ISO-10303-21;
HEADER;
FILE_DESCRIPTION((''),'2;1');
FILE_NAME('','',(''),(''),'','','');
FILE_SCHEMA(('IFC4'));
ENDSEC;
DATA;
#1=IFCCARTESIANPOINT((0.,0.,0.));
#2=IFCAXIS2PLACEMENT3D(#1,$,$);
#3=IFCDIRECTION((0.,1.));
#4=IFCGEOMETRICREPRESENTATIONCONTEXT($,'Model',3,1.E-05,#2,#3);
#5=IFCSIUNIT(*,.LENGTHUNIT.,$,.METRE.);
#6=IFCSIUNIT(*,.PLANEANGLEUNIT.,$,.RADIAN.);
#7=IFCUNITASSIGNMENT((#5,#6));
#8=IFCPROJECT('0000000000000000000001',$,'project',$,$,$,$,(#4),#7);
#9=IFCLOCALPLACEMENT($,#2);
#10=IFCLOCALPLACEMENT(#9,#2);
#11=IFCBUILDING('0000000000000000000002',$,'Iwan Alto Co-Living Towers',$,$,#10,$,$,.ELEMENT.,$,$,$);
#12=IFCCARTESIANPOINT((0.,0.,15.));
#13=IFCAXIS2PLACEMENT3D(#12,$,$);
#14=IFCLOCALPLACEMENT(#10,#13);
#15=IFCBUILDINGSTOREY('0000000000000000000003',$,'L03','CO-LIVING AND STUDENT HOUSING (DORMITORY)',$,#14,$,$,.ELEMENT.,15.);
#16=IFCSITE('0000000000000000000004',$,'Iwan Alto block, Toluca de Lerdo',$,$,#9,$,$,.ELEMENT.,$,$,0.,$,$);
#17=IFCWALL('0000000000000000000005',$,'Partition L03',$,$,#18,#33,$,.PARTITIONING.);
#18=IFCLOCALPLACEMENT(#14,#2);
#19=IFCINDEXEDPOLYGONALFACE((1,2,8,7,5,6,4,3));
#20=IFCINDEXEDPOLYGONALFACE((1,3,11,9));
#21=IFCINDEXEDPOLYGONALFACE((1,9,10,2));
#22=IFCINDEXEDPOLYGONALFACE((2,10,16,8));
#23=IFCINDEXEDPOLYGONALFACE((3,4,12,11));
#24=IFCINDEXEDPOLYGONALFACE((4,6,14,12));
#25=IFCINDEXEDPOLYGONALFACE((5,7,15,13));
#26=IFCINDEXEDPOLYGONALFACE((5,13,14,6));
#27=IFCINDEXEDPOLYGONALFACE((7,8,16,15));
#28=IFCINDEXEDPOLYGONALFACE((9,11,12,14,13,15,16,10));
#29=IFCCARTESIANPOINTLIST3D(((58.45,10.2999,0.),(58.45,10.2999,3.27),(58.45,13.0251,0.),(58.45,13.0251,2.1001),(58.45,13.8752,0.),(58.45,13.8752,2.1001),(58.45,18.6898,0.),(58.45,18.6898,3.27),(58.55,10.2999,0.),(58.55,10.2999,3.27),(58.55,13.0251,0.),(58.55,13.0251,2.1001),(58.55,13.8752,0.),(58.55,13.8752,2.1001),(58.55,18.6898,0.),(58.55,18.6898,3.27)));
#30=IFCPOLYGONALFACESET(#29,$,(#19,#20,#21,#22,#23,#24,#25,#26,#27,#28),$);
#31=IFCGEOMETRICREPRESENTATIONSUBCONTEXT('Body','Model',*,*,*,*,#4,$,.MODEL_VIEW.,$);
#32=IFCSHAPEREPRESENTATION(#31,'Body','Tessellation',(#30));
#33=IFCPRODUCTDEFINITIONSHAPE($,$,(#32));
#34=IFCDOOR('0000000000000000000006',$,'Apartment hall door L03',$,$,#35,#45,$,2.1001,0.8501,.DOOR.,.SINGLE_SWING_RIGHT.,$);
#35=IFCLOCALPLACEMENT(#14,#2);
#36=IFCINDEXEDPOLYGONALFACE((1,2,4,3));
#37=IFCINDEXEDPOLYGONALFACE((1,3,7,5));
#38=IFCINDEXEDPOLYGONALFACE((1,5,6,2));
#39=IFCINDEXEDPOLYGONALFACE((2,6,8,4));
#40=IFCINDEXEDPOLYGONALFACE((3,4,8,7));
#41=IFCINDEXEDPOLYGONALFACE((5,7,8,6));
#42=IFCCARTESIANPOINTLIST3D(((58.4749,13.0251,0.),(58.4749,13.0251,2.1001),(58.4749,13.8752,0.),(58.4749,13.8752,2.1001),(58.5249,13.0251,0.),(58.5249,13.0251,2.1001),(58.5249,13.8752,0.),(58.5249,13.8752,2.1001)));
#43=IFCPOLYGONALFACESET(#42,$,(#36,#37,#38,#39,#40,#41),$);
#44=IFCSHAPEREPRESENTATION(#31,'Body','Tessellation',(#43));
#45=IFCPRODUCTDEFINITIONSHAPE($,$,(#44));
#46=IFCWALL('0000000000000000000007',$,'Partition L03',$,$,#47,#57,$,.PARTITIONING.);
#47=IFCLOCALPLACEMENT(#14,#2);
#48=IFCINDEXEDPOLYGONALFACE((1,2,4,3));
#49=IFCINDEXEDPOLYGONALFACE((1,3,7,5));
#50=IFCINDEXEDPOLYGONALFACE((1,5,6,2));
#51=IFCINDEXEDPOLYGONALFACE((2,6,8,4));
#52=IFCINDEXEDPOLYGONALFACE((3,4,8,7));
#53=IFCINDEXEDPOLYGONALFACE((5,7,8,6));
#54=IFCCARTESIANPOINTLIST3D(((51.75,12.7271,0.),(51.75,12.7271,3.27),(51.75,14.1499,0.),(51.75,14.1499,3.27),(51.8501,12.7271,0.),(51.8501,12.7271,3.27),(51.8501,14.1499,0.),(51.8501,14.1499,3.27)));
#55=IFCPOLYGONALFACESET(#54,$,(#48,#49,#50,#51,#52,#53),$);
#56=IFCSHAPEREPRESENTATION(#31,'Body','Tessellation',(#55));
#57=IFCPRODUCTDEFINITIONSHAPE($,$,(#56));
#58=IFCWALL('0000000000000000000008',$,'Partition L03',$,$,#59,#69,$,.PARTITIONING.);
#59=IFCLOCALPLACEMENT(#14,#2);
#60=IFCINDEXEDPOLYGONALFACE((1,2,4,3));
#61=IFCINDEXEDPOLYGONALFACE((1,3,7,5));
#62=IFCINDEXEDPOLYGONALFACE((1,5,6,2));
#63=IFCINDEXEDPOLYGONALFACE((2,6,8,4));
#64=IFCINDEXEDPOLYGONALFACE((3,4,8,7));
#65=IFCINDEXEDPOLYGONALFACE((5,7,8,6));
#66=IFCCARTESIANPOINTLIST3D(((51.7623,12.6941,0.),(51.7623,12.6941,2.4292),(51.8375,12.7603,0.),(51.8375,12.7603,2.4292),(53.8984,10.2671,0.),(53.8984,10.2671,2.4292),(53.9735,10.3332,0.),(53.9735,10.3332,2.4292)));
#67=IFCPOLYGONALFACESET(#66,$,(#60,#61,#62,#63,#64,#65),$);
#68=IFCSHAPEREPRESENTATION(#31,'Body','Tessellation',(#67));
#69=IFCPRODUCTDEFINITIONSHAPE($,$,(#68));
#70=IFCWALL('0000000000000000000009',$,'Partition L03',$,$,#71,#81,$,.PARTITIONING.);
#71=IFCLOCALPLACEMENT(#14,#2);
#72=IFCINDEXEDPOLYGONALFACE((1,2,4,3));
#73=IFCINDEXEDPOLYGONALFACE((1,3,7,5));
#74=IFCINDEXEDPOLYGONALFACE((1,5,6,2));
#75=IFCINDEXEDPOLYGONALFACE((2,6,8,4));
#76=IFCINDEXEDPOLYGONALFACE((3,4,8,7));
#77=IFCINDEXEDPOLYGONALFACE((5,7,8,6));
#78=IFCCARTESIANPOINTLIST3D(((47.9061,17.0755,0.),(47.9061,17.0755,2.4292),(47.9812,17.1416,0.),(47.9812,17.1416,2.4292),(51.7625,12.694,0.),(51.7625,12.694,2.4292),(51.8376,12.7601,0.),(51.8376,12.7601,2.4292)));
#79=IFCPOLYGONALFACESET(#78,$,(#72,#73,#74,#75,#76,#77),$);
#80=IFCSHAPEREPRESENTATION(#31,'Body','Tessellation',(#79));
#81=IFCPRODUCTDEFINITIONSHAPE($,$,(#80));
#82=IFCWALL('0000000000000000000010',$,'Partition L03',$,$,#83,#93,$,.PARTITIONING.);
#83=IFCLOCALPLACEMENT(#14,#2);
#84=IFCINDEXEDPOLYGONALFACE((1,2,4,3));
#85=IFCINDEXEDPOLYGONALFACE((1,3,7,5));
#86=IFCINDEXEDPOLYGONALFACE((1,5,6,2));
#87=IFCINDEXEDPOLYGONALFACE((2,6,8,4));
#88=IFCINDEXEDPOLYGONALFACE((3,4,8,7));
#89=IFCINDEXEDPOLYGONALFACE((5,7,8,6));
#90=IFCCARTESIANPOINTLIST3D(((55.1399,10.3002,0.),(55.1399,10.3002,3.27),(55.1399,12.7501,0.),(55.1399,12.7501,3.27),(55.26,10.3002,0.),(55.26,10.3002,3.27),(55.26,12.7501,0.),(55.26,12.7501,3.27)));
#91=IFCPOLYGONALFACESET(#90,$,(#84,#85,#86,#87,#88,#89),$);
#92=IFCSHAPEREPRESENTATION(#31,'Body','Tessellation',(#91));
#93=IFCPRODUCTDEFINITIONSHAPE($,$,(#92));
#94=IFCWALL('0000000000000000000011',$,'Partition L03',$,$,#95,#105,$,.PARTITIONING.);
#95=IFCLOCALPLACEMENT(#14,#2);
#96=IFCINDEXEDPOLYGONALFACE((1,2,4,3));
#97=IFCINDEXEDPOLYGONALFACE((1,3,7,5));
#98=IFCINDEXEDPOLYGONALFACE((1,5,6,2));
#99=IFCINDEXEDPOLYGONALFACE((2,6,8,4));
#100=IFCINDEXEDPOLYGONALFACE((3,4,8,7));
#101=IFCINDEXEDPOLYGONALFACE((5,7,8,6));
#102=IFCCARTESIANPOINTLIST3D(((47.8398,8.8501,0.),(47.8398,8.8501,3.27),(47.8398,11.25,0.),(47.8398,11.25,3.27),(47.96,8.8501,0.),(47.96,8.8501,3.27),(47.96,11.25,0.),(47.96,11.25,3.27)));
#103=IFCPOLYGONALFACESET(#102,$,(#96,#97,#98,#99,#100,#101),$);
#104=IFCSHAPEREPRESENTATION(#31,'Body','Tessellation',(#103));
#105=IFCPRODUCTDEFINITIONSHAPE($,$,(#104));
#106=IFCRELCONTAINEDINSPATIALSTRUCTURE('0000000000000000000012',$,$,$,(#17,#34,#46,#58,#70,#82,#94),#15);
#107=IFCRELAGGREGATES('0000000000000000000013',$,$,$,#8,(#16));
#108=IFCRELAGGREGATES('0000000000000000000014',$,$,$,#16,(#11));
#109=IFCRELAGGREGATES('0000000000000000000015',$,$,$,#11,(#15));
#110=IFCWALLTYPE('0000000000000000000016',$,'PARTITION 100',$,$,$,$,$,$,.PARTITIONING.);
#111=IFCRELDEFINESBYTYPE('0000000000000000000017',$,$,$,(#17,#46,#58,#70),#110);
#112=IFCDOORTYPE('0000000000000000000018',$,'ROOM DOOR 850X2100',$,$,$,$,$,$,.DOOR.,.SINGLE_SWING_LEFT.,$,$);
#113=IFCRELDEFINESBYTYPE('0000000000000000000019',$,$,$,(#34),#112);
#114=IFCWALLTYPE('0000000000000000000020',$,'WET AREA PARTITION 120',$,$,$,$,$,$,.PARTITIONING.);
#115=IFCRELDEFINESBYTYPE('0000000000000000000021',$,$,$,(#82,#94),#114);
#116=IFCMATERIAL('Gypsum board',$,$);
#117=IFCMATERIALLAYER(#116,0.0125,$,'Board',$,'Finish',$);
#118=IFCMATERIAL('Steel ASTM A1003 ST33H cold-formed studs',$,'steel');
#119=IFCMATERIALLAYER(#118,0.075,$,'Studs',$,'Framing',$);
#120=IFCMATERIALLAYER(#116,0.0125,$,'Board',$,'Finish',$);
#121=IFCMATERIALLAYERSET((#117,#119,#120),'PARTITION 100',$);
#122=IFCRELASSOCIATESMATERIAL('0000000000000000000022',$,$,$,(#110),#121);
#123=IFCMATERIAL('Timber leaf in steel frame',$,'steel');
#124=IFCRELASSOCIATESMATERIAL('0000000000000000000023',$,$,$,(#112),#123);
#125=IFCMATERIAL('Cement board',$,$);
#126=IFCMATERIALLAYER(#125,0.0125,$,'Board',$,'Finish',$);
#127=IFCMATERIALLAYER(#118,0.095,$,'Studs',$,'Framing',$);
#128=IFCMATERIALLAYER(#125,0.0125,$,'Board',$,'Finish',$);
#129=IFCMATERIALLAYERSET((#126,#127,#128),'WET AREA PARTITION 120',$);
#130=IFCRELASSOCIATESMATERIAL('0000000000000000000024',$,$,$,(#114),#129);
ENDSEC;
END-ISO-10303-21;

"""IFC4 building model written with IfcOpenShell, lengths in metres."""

from ifc_helpers import new_model, si_unit, direction, frame, frame_2d, origin, place, context, subcontext, project, spatial, rectangle, extrude, material, layer, layer_set, type_object, element, fill, save


model = new_model("IFC4")

# Units and contexts
model_context = context("Model", 3, precision=1e-05, world=origin(), true_north=direction((0.0, 1.0)))
body_context = subcontext(model_context, "Body", "Model", "MODEL_VIEW")
ifc_project = project(units=[si_unit("LENGTHUNIT", "METRE"), si_unit("PLANEANGLEUNIT", "RADIAN")], contexts=[model_context])

# Site, building, storey
site_placement = place(None, origin())
site = spatial("IfcSite", under=ifc_project, at=site_placement, Name="Iwan Alto block, Toluca de Lerdo", CompositionType="ELEMENT", RefElevation=0.0)
building_placement = place(site_placement, origin())
building = spatial("IfcBuilding", under=site, at=building_placement, Name="Iwan Alto Co-Living Towers", CompositionType="ELEMENT")
storey_placement = place(building_placement, frame((0.0, 0.0, 15.0)))
storey = spatial("IfcBuildingStorey", under=building, at=storey_placement, Name="L03", Description="CO-LIVING AND STUDENT HOUSING (DORMITORY)", CompositionType="ELEMENT", Elevation=15.0)

# Shared definitions
ifc_material_1 = material(Name="Gypsum board")
ifc_material_2 = material(Name="Steel ASTM A1003 ST33H cold-formed studs", Category="steel")

# Shared definitions
ifc_layer_1 = layer(ifc_material_1, 0.0125, Name="Board", Category="Finish")
ifc_layer_2 = layer(ifc_material_2, 0.075, Name="Studs", Category="Framing")
ifc_layer_3 = layer(ifc_material_1, 0.0125, Name="Board", Category="Finish")
ifc_layer_set_1 = layer_set([ifc_layer_1, ifc_layer_2, ifc_layer_3], Name="PARTITION 100")
wall_type_1 = type_object("IfcWallType", Name="PARTITION 100", PredefinedType="PARTITIONING", material=ifc_layer_set_1)
ifc_material_3 = material(Name="Timber leaf in steel frame", Category="steel")
door_type_1 = type_object("IfcDoorType", Name="ROOM DOOR 850X2100", OperationType="SINGLE_SWING_LEFT", PredefinedType="DOOR", material=ifc_material_3)

# Wall, opening, door
wall_1_placement = place(storey_placement, frame((58.5, 10.3, 0.0), z_axis=(0.0, 0.0, 1.0), x_axis=(0.0, 1.0, 0.0)))
wall_1 = element("IfcWall", 1, at=wall_1_placement, inside=storey, type_object=wall_type_1, Name="Partition L03", PredefinedType="PARTITIONING", context=body_context, shape_type="SweptSolid", body=[
    extrude(rectangle(XDim=8.3899, YDim=0.1001, at=frame_2d((4.1948, 0.0))), origin(), (0.0, 0.0, 1.0), 3.27),
])
opening_1_placement = place(wall_1_placement, frame((2.7251, 0.0, 0.0)))
opening_1 = element("IfcOpeningElement", 2, at=opening_1_placement, cuts=wall_1, PredefinedType="OPENING", context=body_context, shape_type="SweptSolid", body=[
    extrude(rectangle(XDim=0.8501, YDim=2.1001, at=frame_2d((0.425, 1.05))), frame((0.0, 0.0601, 0.0), z_axis=(0.0, -1.0, 0.0), x_axis=(1.0, 0.0, 0.0)), (0.0, 0.0, 1.0), 0.1201),
])
door_1_placement = place(opening_1_placement, frame((0.8501, 0.0, 0.0), z_axis=(0.0, 0.0, 1.0), x_axis=(-1.0, 0.0, 0.0)))
door_1 = element("IfcDoor", 3, at=door_1_placement, inside=storey, type_object=door_type_1, Name="Apartment hall door L03", OperationType="SINGLE_SWING_RIGHT", OverallHeight=2.1001, OverallWidth=0.8501, PredefinedType="DOOR", context=body_context, shape_type="SweptSolid", body=[
    extrude(rectangle(XDim=0.8501, YDim=2.1001, at=frame_2d((0.425, 1.05))), frame((0.0, 0.0249, 0.0), z_axis=(0.0, -1.0, 0.0), x_axis=(1.0, 0.0, 0.0)), (0.0, 0.0, 1.0), 0.05),
])
fill(opening_1, door_1)

# Walls
wall_2_placement = place(storey_placement, frame((51.8, 12.7271, 0.0), z_axis=(0.0, 0.0, 1.0), x_axis=(0.0, 1.0, 0.0)))
element("IfcWall", 4, at=wall_2_placement, inside=storey, type_object=wall_type_1, Name="Partition L03", PredefinedType="PARTITIONING", context=body_context, shape_type="SweptSolid", body=[
    extrude(rectangle(XDim=1.4229, YDim=0.1001, at=frame_2d((0.7114, 0.0))), origin(), (0.0, 0.0, 1.0), 3.27),
])
wall_3_placement = place(storey_placement, frame((53.936, 10.3, 0.0), z_axis=(0.0, 0.0, 1.0), x_axis=(-0.660667, 0.750679, 0.0)))
element("IfcWall", 5, at=wall_3_placement, inside=storey, type_object=wall_type_1, Name="Partition L03", PredefinedType="PARTITIONING", context=body_context, shape_type="SweptSolid", body=[
    extrude(rectangle(XDim=3.2332, YDim=0.1001, at=frame_2d((1.6167, 0.0))), origin(), (0.0, 0.0, 1.0), 2.4292),
])
wall_4_placement = place(storey_placement, frame((51.8, 12.7271, 0.0), z_axis=(0.0, 0.0, 1.0), x_axis=(-0.66069, 0.750659, 0.0)))
element("IfcWall", 6, at=wall_4_placement, inside=storey, type_object=wall_type_1, Name="Partition L03", PredefinedType="PARTITIONING", context=body_context, shape_type="SweptSolid", body=[
    extrude(rectangle(XDim=5.8369, YDim=0.1001, at=frame_2d((2.9185, 0.0))), origin(), (0.0, 0.0, 1.0), 2.4292),
])
ifc_material_4 = material(Name="Cement board")
ifc_layer_4 = layer(ifc_material_4, 0.0125, Name="Board", Category="Finish")
ifc_layer_5 = layer(ifc_material_2, 0.095, Name="Studs", Category="Framing")
ifc_layer_6 = layer(ifc_material_4, 0.0125, Name="Board", Category="Finish")
ifc_layer_set_2 = layer_set([ifc_layer_4, ifc_layer_5, ifc_layer_6], Name="WET AREA PARTITION 120")
wall_type_2 = type_object("IfcWallType", Name="WET AREA PARTITION 120", PredefinedType="PARTITIONING", material=ifc_layer_set_2)
wall_5_placement = place(storey_placement, frame((55.2, 10.3, 0.0), z_axis=(0.0, 0.0, 1.0), x_axis=(0.0, 1.0, 0.0)))
element("IfcWall", 7, at=wall_5_placement, inside=storey, type_object=wall_type_2, Name="Partition L03", PredefinedType="PARTITIONING", context=body_context, shape_type="SweptSolid", body=[
    extrude(rectangle(XDim=2.45, YDim=0.1201, at=frame_2d((1.2251, 0.0))), origin(), (0.0, 0.0, 1.0), 3.27),
])
wall_6_placement = place(storey_placement, frame((47.8999, 8.8501, 0.0), z_axis=(0.0, 0.0, 1.0), x_axis=(0.0, 1.0, 0.0)))
element("IfcWall", 8, at=wall_6_placement, inside=storey, type_object=wall_type_2, Name="Partition L03", PredefinedType="PARTITIONING", context=body_context, shape_type="SweptSolid", body=[
    extrude(rectangle(XDim=2.3999, YDim=0.1201, at=frame_2d((1.2, 0.0))), origin(), (0.0, 0.0, 1.0), 3.27),
])

save(model, "model.ifc")
